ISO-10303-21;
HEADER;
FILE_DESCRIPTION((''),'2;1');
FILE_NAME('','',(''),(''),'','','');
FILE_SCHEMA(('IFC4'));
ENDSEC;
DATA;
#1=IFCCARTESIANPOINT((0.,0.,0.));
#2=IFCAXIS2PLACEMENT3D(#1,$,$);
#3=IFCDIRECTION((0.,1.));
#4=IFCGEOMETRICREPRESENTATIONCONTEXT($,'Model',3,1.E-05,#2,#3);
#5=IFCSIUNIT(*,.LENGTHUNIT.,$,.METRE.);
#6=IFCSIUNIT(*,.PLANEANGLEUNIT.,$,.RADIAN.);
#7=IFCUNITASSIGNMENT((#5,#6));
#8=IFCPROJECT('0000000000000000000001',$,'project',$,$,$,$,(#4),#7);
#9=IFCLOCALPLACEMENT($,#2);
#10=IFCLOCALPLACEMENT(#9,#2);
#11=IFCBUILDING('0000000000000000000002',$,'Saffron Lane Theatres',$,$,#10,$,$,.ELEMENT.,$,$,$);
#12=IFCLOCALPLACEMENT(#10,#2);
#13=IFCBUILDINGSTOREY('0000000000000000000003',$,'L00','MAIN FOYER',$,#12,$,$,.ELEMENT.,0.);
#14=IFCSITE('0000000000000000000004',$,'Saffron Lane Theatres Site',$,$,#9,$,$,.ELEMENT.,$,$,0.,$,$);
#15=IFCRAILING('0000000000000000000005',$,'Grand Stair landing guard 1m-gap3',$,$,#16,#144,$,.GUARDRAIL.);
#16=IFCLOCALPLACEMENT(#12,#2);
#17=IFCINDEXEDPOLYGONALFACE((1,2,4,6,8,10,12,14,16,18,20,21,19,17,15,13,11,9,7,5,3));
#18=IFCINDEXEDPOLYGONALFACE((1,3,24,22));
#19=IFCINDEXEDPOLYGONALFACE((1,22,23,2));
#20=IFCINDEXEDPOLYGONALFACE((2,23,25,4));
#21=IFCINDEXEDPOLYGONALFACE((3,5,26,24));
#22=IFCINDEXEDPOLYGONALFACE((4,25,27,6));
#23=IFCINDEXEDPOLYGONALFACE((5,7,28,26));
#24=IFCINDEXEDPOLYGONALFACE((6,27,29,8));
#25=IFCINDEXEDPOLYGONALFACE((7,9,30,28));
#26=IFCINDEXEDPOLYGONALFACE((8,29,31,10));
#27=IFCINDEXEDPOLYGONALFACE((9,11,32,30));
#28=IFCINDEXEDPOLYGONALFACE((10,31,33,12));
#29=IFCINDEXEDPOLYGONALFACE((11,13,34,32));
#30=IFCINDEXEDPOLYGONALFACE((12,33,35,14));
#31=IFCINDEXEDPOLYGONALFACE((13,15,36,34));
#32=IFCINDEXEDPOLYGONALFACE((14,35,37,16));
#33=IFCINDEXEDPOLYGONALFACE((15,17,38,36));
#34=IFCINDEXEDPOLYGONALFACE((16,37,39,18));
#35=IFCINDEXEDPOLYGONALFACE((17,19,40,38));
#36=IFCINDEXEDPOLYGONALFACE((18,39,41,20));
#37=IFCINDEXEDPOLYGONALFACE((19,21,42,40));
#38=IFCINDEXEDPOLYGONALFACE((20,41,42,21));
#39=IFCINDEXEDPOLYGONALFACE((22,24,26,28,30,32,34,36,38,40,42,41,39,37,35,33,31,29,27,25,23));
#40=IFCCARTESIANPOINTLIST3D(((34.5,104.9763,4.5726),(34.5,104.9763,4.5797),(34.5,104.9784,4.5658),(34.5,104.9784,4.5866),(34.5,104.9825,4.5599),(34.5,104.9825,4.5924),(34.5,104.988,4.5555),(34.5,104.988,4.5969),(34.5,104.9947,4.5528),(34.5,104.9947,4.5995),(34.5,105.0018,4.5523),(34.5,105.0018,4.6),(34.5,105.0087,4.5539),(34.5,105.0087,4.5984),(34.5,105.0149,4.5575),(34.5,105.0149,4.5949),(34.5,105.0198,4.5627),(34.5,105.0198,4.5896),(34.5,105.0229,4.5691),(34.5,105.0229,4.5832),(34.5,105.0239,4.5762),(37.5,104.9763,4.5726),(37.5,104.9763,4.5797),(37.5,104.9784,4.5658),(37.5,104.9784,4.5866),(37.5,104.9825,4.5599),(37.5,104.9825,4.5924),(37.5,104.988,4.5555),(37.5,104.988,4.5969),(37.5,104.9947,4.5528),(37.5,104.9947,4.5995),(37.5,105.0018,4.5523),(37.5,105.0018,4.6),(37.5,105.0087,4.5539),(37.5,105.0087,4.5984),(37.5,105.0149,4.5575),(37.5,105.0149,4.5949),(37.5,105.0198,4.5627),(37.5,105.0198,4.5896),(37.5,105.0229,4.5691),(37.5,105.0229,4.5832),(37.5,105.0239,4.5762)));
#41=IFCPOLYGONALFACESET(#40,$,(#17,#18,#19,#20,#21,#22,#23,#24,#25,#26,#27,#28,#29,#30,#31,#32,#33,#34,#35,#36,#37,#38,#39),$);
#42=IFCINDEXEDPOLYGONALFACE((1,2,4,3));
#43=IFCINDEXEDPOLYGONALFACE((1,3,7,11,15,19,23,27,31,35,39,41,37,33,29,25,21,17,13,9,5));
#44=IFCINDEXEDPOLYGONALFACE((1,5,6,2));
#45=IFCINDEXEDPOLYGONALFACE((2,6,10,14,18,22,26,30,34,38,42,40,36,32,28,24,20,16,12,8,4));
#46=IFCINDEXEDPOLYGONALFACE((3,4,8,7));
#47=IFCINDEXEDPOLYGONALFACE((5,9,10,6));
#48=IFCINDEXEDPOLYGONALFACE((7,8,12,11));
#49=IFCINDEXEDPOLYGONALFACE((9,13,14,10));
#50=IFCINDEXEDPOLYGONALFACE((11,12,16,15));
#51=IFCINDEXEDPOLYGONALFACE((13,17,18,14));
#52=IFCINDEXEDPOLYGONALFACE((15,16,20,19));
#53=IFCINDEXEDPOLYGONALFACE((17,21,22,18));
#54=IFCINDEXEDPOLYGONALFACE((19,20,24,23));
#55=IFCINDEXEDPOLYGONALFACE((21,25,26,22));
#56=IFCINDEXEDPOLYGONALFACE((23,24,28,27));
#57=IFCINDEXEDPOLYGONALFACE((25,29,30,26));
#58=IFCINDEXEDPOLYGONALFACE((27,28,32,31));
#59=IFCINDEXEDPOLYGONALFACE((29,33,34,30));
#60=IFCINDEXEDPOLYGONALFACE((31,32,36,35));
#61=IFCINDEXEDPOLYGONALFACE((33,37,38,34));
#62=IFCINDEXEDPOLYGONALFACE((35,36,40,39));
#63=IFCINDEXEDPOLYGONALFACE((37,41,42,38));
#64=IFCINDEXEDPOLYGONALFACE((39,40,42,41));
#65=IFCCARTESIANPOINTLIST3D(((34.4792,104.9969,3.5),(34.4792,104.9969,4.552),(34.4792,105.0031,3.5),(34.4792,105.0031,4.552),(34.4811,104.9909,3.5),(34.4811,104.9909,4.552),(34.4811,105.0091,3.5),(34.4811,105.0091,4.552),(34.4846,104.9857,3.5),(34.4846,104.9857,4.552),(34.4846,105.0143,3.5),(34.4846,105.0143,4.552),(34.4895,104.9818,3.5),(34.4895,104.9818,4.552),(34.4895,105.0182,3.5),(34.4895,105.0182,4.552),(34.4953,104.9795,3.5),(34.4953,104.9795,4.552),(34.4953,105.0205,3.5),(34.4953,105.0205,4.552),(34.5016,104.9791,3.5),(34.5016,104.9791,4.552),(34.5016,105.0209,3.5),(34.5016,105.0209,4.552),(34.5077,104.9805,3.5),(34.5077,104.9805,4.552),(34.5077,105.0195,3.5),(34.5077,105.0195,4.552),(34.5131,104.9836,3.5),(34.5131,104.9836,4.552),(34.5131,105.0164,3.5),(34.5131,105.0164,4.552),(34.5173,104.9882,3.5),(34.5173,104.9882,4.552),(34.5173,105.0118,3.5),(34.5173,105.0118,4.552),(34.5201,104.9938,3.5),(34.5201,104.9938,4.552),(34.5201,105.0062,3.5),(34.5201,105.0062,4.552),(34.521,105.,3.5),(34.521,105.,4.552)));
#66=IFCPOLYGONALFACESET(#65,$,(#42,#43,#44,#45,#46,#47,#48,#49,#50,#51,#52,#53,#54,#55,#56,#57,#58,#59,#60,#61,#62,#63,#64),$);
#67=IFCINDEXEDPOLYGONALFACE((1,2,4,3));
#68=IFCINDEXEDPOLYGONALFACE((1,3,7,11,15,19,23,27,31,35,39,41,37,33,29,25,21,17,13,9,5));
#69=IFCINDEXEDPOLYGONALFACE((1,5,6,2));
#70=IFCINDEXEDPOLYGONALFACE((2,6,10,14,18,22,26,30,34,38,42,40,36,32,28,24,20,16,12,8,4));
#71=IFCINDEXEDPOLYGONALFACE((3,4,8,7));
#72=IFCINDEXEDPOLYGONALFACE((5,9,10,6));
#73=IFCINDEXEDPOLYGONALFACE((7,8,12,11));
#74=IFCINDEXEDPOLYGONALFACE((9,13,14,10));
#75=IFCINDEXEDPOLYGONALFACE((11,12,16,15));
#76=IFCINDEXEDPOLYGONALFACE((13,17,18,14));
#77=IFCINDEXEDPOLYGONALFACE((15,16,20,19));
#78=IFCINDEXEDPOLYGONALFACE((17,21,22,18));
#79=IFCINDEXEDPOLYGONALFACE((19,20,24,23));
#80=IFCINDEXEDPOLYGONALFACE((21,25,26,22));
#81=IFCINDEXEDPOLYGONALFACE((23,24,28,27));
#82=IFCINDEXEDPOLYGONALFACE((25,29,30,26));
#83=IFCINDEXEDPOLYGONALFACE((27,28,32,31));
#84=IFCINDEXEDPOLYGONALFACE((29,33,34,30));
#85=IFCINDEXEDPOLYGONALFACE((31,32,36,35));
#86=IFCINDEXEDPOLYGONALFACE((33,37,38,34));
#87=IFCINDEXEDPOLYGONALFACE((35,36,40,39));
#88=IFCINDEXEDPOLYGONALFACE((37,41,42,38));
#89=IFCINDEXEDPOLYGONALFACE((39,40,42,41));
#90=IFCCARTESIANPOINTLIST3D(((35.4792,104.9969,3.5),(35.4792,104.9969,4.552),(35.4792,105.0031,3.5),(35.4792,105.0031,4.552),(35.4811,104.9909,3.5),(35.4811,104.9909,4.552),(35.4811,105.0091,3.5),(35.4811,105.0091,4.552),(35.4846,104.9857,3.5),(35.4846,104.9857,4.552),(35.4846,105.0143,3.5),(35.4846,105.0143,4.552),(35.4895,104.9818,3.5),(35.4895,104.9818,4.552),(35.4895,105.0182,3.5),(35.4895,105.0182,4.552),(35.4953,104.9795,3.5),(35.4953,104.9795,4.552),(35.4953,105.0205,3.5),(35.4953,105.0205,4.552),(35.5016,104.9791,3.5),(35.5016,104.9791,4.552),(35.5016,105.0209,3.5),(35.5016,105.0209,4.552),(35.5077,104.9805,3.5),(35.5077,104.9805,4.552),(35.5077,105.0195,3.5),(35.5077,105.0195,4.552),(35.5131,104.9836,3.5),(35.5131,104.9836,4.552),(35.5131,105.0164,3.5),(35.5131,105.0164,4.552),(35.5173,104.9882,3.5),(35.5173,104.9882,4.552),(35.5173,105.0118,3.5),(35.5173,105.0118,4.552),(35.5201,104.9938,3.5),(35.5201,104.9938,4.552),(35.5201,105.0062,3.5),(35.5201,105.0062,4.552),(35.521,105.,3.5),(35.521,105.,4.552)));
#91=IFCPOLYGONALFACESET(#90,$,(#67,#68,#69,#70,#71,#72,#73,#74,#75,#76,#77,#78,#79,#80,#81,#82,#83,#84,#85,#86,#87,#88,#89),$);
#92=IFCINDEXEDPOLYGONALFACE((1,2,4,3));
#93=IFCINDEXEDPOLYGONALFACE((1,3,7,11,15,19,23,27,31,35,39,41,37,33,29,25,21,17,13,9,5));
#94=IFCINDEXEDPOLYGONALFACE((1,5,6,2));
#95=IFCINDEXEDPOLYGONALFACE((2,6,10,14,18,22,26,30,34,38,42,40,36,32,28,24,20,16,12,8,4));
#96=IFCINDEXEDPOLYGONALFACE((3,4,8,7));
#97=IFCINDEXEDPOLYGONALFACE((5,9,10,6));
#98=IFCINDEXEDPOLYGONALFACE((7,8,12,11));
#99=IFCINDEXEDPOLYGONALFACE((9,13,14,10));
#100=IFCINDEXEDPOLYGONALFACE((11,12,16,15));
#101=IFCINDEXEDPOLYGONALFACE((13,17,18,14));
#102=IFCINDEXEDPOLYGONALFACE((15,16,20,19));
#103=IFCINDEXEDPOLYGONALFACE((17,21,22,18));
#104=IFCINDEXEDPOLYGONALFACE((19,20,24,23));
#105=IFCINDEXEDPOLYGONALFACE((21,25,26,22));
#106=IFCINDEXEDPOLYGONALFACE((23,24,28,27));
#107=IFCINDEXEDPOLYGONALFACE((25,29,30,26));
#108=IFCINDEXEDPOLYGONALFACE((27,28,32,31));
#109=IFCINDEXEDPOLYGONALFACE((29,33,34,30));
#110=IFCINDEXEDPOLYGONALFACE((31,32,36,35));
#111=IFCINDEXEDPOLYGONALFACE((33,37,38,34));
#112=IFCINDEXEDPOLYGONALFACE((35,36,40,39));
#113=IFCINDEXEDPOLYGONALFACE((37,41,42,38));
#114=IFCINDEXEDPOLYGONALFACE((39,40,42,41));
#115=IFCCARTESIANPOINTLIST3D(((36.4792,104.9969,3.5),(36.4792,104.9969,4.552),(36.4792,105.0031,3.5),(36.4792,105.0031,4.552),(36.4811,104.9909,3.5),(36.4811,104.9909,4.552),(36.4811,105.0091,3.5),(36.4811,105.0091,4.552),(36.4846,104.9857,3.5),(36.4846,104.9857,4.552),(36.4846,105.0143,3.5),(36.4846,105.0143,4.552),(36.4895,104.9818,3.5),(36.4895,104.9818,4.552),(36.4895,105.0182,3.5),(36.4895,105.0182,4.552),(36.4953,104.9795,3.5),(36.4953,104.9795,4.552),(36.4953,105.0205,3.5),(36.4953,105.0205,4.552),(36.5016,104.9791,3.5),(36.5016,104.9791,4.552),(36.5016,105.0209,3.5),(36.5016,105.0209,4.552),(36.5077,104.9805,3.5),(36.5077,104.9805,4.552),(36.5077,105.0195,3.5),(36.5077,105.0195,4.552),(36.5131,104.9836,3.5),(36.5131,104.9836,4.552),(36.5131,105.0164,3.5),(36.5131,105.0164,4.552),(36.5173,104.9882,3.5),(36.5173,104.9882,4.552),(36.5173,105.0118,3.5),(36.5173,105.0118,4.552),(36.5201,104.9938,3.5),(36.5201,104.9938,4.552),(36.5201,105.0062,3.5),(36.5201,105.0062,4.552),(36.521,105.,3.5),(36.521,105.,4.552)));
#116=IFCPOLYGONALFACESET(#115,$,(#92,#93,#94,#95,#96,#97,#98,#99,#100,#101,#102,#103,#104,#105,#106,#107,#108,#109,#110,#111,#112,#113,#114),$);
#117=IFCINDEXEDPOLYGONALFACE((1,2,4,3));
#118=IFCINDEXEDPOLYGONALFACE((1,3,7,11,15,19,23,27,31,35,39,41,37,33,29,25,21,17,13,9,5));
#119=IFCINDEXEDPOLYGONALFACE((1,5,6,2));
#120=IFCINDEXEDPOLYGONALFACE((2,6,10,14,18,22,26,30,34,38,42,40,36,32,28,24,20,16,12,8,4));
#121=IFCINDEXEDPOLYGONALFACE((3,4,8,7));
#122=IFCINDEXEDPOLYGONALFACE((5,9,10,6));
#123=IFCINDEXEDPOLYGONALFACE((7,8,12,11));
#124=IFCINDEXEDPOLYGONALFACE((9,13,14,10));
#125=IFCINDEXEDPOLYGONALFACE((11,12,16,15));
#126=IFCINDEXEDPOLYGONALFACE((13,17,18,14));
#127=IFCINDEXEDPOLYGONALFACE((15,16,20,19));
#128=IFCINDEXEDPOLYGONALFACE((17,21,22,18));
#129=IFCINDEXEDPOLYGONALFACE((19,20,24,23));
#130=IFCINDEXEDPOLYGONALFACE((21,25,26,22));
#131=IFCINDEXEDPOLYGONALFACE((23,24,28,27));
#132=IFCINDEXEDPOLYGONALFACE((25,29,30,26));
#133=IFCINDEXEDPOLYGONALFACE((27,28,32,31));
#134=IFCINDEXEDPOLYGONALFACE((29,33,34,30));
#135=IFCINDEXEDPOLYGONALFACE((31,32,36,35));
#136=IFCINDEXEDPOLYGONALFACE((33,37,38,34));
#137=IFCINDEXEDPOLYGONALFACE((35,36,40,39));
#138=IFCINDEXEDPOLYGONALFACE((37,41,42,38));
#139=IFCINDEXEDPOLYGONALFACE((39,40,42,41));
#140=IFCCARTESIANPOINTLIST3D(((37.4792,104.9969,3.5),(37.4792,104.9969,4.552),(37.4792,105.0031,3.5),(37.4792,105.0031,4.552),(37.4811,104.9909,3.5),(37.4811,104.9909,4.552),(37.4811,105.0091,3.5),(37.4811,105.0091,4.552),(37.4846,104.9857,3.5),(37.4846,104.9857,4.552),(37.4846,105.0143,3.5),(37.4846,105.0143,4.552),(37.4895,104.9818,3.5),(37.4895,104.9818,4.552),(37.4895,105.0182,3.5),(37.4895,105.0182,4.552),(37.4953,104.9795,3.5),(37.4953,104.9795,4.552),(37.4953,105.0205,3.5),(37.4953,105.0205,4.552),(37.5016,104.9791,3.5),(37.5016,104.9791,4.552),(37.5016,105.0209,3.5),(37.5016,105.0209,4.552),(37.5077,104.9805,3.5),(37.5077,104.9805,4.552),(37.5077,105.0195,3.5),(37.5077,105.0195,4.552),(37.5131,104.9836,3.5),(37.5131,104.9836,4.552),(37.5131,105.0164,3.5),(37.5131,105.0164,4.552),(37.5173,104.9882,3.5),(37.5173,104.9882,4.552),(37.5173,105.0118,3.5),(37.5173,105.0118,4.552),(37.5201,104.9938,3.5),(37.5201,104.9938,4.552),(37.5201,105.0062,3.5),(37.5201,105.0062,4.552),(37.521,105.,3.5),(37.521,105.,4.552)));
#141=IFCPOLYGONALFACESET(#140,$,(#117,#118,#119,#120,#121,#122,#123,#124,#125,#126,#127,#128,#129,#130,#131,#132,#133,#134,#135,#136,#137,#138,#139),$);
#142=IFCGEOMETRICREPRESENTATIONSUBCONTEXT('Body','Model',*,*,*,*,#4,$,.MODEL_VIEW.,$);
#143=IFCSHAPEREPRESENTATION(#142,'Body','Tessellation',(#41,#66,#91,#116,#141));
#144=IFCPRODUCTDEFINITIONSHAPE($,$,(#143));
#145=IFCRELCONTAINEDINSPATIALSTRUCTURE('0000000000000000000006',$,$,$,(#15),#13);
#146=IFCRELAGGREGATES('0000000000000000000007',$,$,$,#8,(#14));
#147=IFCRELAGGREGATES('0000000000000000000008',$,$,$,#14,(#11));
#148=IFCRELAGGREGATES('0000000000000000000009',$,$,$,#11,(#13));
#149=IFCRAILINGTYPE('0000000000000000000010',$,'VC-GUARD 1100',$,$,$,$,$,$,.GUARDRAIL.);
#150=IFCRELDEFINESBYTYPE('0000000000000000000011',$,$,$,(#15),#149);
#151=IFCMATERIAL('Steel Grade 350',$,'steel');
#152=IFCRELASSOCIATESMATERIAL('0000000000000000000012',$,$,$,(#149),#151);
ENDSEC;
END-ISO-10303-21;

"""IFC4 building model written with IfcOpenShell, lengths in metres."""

from ifc_helpers import new_model, si_unit, direction, frame, origin, origin_2d, place, context, subcontext, project, spatial, circle, extrude, material, type_object, element, save


model = new_model("IFC4")

# Units and contexts
model_context = context("Model", 3, precision=1e-05, world=origin(), true_north=direction((0.0, 1.0)))
body_context = subcontext(model_context, "Body", "Model", "MODEL_VIEW")
ifc_project = project(units=[si_unit("LENGTHUNIT", "METRE"), si_unit("PLANEANGLEUNIT", "RADIAN")], contexts=[model_context])

# Site, building, storey
site_placement = place(None, origin())
site = spatial("IfcSite", under=ifc_project, at=site_placement, Name="Saffron Lane Theatres Site", CompositionType="ELEMENT", RefElevation=0.0)
building_placement = place(site_placement, origin())
building = spatial("IfcBuilding", under=site, at=building_placement, Name="Saffron Lane Theatres", CompositionType="ELEMENT")
storey_placement = place(building_placement, origin())
storey = spatial("IfcBuildingStorey", under=building, at=storey_placement, Name="L00", Description="MAIN FOYER", CompositionType="ELEMENT", Elevation=0.0)

# Railing
ifc_material_1 = material(Name="Steel Grade 350", Category="steel")
railing_type_1 = type_object("IfcRailingType", Name="VC-GUARD 1100", PredefinedType="GUARDRAIL", material=ifc_material_1)
railing_1_placement = place(storey_placement, frame((34.5, 105.0, 3.5)))
element("IfcRailing", 1, at=railing_1_placement, inside=storey, type_object=railing_type_1, Name="Grand Stair landing guard 1m-gap3", PredefinedType="GUARDRAIL", context=body_context, shape_type="SweptSolid", body=[
    extrude(circle(Radius=0.0239, at=origin_2d()), frame((0.0, 0.0, 1.0762), z_axis=(1.0, 0.0, 0.0), x_axis=(0.0, 1.0, 0.0)), (0.0, 0.0, 1.0), 3.0),
    extrude(circle(Radius=0.021, at=origin_2d()), origin(), (0.0, 0.0, 1.0), 1.052),
    extrude(circle(Radius=0.021, at=origin_2d()), frame((1.0, 0.0, 0.0)), (0.0, 0.0, 1.0), 1.052),
    extrude(circle(Radius=0.021, at=origin_2d()), frame((2.0, 0.0, 0.0)), (0.0, 0.0, 1.0), 1.052),
    extrude(circle(Radius=0.021, at=origin_2d()), frame((3.0, 0.0, 0.0)), (0.0, 0.0, 1.0), 1.052),
])

save(model, "model.ifc")
